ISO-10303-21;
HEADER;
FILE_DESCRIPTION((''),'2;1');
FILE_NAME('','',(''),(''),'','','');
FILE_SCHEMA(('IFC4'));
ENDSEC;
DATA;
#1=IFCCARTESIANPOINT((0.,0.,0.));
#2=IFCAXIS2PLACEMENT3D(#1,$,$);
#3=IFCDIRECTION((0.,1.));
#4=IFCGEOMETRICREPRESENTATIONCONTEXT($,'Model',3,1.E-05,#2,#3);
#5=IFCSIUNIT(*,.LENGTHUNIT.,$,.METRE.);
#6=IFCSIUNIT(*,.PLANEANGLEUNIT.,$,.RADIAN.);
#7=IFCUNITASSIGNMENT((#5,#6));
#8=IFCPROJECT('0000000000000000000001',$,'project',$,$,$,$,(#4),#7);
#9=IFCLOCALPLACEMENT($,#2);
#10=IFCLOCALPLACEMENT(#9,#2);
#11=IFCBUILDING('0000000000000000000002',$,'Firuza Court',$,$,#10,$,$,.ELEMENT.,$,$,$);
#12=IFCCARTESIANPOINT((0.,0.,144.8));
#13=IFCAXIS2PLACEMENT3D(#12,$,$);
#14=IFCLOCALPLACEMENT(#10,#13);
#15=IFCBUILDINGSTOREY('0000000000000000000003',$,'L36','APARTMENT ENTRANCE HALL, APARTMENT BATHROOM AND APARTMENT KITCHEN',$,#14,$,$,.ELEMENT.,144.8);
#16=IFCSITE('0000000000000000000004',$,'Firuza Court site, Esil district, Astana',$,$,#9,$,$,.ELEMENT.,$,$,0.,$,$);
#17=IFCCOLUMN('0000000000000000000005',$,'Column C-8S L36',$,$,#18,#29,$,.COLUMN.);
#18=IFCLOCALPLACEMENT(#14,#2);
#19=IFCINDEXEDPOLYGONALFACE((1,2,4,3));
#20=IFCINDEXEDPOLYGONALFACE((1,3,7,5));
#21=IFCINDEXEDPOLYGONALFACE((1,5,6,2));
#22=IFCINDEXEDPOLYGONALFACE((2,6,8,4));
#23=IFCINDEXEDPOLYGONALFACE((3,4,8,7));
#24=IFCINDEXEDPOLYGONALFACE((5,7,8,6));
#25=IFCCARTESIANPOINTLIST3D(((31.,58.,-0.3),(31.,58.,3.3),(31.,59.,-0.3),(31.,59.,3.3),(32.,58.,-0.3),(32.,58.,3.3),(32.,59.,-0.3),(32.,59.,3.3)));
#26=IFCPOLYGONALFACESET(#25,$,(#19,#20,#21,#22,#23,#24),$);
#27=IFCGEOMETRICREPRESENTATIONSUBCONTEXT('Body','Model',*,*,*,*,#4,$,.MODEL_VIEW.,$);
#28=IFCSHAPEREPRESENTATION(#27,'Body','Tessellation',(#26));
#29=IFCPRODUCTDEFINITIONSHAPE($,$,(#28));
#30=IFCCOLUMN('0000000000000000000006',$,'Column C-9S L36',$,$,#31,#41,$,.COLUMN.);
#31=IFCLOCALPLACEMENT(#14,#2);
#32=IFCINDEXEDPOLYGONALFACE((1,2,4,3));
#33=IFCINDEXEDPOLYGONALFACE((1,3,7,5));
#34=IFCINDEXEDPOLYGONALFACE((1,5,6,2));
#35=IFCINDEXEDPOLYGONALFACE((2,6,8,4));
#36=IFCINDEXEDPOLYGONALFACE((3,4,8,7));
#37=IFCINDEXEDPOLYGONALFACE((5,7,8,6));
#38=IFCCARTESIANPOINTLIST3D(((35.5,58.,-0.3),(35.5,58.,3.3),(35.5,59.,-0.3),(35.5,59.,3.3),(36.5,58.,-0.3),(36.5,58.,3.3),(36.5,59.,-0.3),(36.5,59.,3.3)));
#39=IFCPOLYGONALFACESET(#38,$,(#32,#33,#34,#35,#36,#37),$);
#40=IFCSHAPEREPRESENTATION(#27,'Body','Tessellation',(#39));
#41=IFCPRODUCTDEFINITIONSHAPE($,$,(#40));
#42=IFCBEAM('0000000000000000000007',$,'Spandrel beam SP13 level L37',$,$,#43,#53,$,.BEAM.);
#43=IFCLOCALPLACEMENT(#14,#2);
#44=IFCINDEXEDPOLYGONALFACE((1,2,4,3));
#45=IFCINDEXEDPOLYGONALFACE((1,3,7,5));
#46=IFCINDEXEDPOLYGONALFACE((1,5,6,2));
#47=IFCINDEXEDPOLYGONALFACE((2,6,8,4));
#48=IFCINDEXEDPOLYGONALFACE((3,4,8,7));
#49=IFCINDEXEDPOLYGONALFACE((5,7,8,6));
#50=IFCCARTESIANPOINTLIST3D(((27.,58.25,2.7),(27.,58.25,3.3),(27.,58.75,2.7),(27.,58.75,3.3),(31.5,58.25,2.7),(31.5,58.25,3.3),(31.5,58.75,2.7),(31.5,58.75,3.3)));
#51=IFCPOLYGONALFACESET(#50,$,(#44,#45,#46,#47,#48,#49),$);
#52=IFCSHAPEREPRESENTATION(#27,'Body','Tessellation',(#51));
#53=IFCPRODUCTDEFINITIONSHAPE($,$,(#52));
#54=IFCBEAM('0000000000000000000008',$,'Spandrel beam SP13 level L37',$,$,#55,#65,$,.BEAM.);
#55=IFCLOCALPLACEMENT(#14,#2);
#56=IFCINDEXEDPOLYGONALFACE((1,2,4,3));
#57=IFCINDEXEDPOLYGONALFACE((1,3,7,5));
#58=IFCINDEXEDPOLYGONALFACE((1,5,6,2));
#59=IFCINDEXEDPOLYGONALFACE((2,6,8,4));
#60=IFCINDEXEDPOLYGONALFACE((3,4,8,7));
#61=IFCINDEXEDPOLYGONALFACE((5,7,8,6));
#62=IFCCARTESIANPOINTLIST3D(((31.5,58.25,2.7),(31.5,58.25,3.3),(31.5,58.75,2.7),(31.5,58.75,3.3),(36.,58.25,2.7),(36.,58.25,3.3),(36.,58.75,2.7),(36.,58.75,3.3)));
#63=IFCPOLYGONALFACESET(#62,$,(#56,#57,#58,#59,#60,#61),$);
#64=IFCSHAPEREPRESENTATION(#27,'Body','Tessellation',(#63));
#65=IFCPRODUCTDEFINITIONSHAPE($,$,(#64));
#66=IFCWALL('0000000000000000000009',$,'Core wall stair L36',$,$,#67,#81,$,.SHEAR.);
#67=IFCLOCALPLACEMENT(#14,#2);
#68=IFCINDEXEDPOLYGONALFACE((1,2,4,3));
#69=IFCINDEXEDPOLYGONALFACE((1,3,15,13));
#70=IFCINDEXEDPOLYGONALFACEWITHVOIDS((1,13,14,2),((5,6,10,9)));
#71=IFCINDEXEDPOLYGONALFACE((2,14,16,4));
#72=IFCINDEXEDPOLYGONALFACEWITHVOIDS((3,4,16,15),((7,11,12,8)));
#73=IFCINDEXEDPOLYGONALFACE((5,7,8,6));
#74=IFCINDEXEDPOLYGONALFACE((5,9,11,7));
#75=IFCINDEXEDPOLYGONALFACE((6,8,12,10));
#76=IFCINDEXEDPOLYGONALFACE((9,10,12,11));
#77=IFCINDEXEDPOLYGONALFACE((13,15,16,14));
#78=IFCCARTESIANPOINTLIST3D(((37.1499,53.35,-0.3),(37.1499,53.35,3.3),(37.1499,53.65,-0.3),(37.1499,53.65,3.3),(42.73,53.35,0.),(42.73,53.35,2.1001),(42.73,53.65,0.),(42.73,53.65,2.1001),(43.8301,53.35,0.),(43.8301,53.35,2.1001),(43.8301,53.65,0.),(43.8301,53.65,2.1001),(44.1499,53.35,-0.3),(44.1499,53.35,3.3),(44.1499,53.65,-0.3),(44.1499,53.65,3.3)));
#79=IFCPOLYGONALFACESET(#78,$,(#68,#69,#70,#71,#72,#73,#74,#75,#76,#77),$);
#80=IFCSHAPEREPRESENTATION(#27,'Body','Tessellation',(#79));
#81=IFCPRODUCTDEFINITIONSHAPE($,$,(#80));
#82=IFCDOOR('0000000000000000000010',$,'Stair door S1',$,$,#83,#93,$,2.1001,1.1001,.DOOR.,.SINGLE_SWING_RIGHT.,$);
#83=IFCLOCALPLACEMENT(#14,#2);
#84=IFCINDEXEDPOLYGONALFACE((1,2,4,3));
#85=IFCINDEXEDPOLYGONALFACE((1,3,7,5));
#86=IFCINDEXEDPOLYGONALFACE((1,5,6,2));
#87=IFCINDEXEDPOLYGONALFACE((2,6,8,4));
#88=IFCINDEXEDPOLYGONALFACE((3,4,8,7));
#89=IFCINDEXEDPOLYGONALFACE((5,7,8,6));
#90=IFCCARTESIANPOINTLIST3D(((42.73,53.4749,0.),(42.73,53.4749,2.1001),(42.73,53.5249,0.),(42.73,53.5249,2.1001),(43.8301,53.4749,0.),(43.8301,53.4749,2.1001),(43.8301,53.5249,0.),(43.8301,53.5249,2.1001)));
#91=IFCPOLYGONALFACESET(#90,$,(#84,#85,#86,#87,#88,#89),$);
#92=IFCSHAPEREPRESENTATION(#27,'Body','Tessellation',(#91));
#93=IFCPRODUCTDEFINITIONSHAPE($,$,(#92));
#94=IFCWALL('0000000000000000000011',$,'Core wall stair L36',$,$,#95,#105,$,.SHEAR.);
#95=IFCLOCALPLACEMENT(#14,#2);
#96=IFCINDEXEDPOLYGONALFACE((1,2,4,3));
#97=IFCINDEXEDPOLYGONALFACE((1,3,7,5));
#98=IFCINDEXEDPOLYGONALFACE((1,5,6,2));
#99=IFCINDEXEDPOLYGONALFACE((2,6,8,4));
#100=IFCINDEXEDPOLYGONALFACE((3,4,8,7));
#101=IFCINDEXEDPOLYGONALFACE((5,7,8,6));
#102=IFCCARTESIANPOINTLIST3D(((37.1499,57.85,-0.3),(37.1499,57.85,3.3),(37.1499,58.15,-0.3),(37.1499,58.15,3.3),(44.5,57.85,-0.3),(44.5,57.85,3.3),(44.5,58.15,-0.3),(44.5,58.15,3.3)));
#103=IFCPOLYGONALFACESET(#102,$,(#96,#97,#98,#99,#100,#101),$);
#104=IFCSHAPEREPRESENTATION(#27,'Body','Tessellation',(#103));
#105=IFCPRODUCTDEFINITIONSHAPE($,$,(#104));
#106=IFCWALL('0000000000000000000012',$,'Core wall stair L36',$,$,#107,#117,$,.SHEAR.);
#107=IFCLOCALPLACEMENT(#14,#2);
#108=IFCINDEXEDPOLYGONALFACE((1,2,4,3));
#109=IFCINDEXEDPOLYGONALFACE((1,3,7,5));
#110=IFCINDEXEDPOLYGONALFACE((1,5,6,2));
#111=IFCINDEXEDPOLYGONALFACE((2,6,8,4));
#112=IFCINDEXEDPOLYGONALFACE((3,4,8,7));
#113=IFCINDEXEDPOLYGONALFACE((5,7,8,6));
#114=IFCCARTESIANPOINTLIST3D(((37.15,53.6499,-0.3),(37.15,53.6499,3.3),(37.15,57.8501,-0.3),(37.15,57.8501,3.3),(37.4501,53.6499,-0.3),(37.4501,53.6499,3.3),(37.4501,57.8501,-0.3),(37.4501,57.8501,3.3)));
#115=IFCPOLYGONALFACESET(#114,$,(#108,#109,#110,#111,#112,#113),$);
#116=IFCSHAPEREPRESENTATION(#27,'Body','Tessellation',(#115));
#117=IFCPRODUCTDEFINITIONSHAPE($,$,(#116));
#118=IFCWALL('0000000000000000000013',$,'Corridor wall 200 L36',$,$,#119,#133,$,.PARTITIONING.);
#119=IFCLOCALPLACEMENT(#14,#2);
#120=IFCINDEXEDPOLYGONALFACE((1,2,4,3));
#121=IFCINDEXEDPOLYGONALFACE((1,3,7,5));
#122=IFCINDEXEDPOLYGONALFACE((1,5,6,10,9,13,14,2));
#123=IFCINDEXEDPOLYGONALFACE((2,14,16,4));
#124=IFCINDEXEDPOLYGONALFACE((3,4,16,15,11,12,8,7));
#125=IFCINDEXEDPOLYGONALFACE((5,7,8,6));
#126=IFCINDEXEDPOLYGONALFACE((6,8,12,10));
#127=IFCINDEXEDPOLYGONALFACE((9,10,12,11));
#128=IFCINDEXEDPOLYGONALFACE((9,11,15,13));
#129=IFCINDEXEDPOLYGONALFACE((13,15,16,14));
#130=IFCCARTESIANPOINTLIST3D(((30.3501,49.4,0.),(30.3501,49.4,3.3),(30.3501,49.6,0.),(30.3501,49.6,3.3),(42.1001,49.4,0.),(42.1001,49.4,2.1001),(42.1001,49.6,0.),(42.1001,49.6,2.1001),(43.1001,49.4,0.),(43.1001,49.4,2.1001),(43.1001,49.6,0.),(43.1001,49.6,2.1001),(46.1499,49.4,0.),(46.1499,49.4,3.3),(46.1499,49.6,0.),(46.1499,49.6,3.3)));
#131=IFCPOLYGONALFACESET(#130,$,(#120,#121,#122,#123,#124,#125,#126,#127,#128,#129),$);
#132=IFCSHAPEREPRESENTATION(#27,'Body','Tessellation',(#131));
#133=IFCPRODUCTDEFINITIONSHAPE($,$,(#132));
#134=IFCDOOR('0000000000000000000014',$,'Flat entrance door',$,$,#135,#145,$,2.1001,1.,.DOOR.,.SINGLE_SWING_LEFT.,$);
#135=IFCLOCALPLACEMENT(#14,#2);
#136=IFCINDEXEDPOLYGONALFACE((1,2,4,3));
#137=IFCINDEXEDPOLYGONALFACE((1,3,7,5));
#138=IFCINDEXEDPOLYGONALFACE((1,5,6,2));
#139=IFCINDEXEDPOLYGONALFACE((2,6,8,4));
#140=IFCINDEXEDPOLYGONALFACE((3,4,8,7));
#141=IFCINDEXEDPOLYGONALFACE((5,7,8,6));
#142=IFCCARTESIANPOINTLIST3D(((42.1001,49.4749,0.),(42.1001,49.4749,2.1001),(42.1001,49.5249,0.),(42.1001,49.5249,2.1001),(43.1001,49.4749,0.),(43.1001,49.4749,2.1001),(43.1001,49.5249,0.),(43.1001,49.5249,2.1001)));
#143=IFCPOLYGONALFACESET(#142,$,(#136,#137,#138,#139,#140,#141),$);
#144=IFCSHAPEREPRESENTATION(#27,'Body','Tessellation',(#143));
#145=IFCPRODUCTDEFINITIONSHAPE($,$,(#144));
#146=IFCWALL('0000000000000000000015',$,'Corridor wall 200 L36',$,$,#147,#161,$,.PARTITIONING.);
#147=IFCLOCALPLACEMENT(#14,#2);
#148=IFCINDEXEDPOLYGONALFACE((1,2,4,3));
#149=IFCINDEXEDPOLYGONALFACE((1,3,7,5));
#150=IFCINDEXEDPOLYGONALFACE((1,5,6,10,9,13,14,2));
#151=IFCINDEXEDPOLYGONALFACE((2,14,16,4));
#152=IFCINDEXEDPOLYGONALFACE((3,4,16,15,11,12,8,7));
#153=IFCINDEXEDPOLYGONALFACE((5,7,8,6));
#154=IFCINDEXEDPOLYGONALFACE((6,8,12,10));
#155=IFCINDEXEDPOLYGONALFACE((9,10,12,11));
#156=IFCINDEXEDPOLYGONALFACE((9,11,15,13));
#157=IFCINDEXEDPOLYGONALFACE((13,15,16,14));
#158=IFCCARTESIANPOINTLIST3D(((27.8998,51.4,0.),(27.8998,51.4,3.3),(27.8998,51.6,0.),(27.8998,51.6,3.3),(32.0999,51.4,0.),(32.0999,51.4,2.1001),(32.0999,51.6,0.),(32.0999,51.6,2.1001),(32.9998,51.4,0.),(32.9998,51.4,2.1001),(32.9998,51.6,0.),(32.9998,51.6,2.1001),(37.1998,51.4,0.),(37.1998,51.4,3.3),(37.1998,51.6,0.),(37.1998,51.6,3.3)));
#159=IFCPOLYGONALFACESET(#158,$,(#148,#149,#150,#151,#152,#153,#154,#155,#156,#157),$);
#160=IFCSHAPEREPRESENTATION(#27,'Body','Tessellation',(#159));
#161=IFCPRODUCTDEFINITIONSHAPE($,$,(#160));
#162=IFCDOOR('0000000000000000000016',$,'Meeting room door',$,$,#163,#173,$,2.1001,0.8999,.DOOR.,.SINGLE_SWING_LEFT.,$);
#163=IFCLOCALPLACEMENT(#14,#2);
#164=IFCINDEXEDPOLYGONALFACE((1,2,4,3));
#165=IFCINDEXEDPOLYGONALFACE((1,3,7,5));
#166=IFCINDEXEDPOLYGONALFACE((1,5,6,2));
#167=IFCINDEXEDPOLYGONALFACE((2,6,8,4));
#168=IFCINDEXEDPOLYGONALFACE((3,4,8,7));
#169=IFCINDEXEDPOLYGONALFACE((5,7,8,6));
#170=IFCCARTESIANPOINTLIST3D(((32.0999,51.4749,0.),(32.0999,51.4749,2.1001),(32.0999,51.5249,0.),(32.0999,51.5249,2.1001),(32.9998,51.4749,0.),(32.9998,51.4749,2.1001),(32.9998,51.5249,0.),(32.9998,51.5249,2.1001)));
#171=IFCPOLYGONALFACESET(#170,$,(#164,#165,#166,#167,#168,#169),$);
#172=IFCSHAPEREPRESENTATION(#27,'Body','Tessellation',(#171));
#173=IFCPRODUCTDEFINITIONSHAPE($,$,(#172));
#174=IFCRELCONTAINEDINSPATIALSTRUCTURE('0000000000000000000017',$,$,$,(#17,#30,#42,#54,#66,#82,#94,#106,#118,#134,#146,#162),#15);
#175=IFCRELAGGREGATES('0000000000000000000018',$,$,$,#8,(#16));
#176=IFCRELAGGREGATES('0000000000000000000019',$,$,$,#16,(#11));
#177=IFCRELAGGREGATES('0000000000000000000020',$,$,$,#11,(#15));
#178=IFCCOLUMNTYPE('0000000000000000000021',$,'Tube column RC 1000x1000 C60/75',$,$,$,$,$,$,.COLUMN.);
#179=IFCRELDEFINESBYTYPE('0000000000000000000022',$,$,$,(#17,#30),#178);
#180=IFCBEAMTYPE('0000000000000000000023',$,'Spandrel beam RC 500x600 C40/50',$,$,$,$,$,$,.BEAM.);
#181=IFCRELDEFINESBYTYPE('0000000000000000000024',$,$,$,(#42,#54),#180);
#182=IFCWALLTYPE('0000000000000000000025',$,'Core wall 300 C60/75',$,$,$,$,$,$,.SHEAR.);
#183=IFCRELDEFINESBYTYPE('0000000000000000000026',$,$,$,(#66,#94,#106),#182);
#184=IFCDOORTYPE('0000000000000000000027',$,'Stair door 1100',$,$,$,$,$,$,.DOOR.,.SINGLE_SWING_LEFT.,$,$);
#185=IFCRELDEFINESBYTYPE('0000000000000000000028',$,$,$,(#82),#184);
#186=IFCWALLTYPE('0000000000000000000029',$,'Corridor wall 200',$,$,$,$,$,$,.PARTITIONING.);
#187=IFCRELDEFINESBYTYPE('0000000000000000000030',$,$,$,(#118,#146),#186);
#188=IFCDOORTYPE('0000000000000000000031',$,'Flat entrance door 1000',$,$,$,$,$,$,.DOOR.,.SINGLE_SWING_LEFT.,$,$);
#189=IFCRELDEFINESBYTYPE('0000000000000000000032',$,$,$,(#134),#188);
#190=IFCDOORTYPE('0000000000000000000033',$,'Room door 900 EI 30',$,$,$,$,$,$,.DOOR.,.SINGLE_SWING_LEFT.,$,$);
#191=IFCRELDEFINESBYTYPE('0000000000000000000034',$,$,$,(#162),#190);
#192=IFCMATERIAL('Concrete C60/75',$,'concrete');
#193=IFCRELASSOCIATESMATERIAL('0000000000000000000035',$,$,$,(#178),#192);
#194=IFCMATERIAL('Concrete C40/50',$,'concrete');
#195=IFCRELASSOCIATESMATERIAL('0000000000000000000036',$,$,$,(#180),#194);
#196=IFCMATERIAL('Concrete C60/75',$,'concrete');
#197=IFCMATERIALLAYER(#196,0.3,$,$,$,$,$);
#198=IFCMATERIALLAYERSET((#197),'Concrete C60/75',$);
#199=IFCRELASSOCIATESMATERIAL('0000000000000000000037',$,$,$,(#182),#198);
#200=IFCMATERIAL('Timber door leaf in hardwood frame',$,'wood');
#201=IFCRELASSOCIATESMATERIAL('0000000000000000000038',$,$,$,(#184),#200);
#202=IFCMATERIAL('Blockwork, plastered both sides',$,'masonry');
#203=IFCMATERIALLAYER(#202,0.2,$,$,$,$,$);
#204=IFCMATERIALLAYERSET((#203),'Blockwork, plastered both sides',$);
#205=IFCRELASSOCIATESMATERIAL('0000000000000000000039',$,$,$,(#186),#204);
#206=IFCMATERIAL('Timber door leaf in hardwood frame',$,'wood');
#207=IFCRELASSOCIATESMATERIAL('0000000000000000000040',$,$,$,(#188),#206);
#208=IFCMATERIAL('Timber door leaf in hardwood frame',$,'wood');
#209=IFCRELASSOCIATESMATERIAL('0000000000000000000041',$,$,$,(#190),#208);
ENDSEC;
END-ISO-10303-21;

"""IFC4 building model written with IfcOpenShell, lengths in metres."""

from ifc_helpers import new_model, si_unit, direction, frame, frame_2d, origin, origin_2d, place, context, subcontext, project, spatial, rectangle, extrude, material, layer, layer_set, material_profile, profile_set, type_object, element, fill, save


model = new_model("IFC4")

# Units and contexts
model_context = context("Model", 3, precision=1e-05, world=origin(), true_north=direction((0.0, 1.0)))
body_context = subcontext(model_context, "Body", "Model", "MODEL_VIEW")
ifc_project = project(units=[si_unit("LENGTHUNIT", "METRE"), si_unit("PLANEANGLEUNIT", "RADIAN")], contexts=[model_context])

# Site, building, storey
site_placement = place(None, origin())
site = spatial("IfcSite", under=ifc_project, at=site_placement, Name="Firuza Court site, Esil district, Astana", CompositionType="ELEMENT", RefElevation=0.0)
building_placement = place(site_placement, origin())
building = spatial("IfcBuilding", under=site, at=building_placement, Name="Firuza Court", CompositionType="ELEMENT")
storey_placement = place(building_placement, frame((0.0, 0.0, 144.8)))
storey = spatial("IfcBuildingStorey", under=building, at=storey_placement, Name="L36", Description="APARTMENT ENTRANCE HALL, APARTMENT BATHROOM AND APARTMENT KITCHEN", CompositionType="ELEMENT", Elevation=144.8)

# Columns
ifc_material_1 = material(Name="Concrete C60/75", Category="concrete")
ifc_material_profile_1 = material_profile(ifc_material_1, rectangle(XDim=1.0, YDim=1.0, at=origin_2d()), Name="RC 1000x1000")
ifc_profile_set_1 = profile_set([ifc_material_profile_1], Name="Concrete C60/75")
column_type = type_object("IfcColumnType", Name="Tube column RC 1000x1000 C60/75", PredefinedType="COLUMN", material=ifc_profile_set_1)
for number, where, z_axis, x_axis, name in (
    (1, (31.5, 58.5, -0.3), (0.0, 0.0, 1.0), (1.0, 0.0, 0.0), "Column C-8S L36"),
    (2, (36.0, 58.5, -0.3), (0.0, 0.0, 1.0), (1.0, 0.0, 0.0), "Column C-9S L36"),
):
    element("IfcColumn", number, at=place(storey_placement, frame(where, z_axis=z_axis, x_axis=x_axis)), inside=storey, type_object=column_type, Name=name, PredefinedType="COLUMN", context=body_context, shape_type="SweptSolid", body=[
        extrude(rectangle(XDim=1.0, YDim=1.0, at=origin_2d()), origin(), (0.0, 0.0, 1.0), 3.6001),
    ])

# Beams
ifc_material_2 = material(Name="Concrete C40/50", Category="concrete")
ifc_material_profile_2 = material_profile(ifc_material_2, rectangle(XDim=0.5, YDim=0.6001, at=origin_2d()), Name="RC 500x600")
ifc_profile_set_2 = profile_set([ifc_material_profile_2], Name="Concrete C40/50")
beam_type = type_object("IfcBeamType", Name="Spandrel beam RC 500x600 C40/50", PredefinedType="BEAM", material=ifc_profile_set_2)
for number, where, z_axis, x_axis, name in (
    (3, (31.5, 58.5, 3.0), (-1.0, 0.0, 0.0), (0.0, -1.0, 0.0), "Spandrel beam SP13 level L37"),
    (4, (36.0, 58.5, 3.0), (-1.0, 0.0, 0.0), (0.0, -1.0, 0.0), "Spandrel beam SP13 level L37"),
):
    element("IfcBeam", number, at=place(storey_placement, frame(where, z_axis=z_axis, x_axis=x_axis)), inside=storey, type_object=beam_type, Name=name, PredefinedType="BEAM", context=body_context, shape_type="SweptSolid", body=[
        extrude(rectangle(XDim=0.5, YDim=0.6001, at=origin_2d()), origin(), (0.0, 0.0, 1.0), 4.5),
    ])

# Wall, opening, door
ifc_material_3 = material(Name="Concrete C60/75", Category="concrete")
ifc_layer_1 = layer(ifc_material_3, 0.3)
ifc_layer_set_1 = layer_set([ifc_layer_1], Name="Concrete C60/75")
wall_type_1 = type_object("IfcWallType", Name="Core wall 300 C60/75", PredefinedType="SHEAR", material=ifc_layer_set_1)
wall_1_placement = place(storey_placement, frame((37.1499, 53.5, -0.3), z_axis=(0.0, 0.0, 1.0), x_axis=(1.0, 0.0, 0.0)))
wall_1 = element("IfcWall", 5, at=wall_1_placement, inside=storey, type_object=wall_type_1, Name="Core wall stair L36", PredefinedType="SHEAR", context=body_context, shape_type="SweptSolid", body=[
    extrude(rectangle(XDim=7.0, YDim=0.3, at=frame_2d((3.5, 0.0))), origin(), (0.0, 0.0, 1.0), 3.6001),
])
opening_1_placement = place(wall_1_placement, frame((5.5801, 0.0, 0.3)))
opening_1 = element("IfcOpeningElement", 6, at=opening_1_placement, cuts=wall_1, PredefinedType="OPENING", context=body_context, shape_type="SweptSolid", body=[
    extrude(rectangle(XDim=1.1001, YDim=2.1001, at=frame_2d((0.55, 1.05))), frame((0.0, 0.1621, 0.0), z_axis=(0.0, -1.0, 0.0), x_axis=(1.0, 0.0, 0.0)), (0.0, 0.0, 1.0), 0.324),
])
ifc_material_4 = material(Name="Timber door leaf in hardwood frame", Category="wood")
door_type_1 = type_object("IfcDoorType", Name="Stair door 1100", OperationType="SINGLE_SWING_LEFT", PredefinedType="DOOR", material=ifc_material_4)
door_1_placement = place(opening_1_placement, origin())
door_1 = element("IfcDoor", 7, at=door_1_placement, inside=storey, type_object=door_type_1, Name="Stair door S1", OperationType="SINGLE_SWING_RIGHT", OverallHeight=2.1001, OverallWidth=1.1001, PredefinedType="DOOR", context=body_context, shape_type="SweptSolid", body=[
    extrude(rectangle(XDim=1.1001, YDim=2.1001, at=frame_2d((0.55, 1.05))), frame((0.0, 0.0249, 0.0), z_axis=(0.0, -1.0, 0.0), x_axis=(1.0, 0.0, 0.0)), (0.0, 0.0, 1.0), 0.05),
])
fill(opening_1, door_1)

# Walls
wall_2_placement = place(storey_placement, frame((37.1499, 58.0, -0.3), z_axis=(0.0, 0.0, 1.0), x_axis=(1.0, 0.0, 0.0)))
element("IfcWall", 8, at=wall_2_placement, inside=storey, type_object=wall_type_1, Name="Core wall stair L36", PredefinedType="SHEAR", context=body_context, shape_type="SweptSolid", body=[
    extrude(rectangle(XDim=7.3501, YDim=0.3, at=frame_2d((3.675, 0.0))), origin(), (0.0, 0.0, 1.0), 3.6001),
])
wall_3_placement = place(storey_placement, frame((37.3, 53.6499, -0.3), z_axis=(0.0, 0.0, 1.0), x_axis=(0.0, 1.0, 0.0)))
element("IfcWall", 9, at=wall_3_placement, inside=storey, type_object=wall_type_1, Name="Core wall stair L36", PredefinedType="SHEAR", context=body_context, shape_type="SweptSolid", body=[
    extrude(rectangle(XDim=4.2002, YDim=0.3, at=frame_2d((2.1001, 0.0))), origin(), (0.0, 0.0, 1.0), 3.6001),
])

# Walls, openings, doors
ifc_material_5 = material(Name="Blockwork, plastered both sides", Category="masonry")
ifc_layer_2 = layer(ifc_material_5, 0.2)
ifc_layer_set_2 = layer_set([ifc_layer_2], Name="Blockwork, plastered both sides")
wall_type_2 = type_object("IfcWallType", Name="Corridor wall 200", PredefinedType="PARTITIONING", material=ifc_layer_set_2)
wall_4_placement = place(storey_placement, frame((30.3501, 49.5, 0.0), z_axis=(0.0, 0.0, 1.0), x_axis=(1.0, 0.0, 0.0)))
wall_4 = element("IfcWall", 10, at=wall_4_placement, inside=storey, type_object=wall_type_2, Name="Corridor wall 200 L36", PredefinedType="PARTITIONING", context=body_context, shape_type="SweptSolid", body=[
    extrude(rectangle(XDim=15.7998, YDim=0.2, at=frame_2d((7.8999, 0.0))), origin(), (0.0, 0.0, 1.0), 3.3),
])
opening_2_placement = place(wall_4_placement, frame((11.75, 0.0, 0.0)))
opening_2 = element("IfcOpeningElement", 11, at=opening_2_placement, cuts=wall_4, PredefinedType="OPENING", context=body_context, shape_type="SweptSolid", body=[
    extrude(rectangle(XDim=1.0, YDim=2.1001, at=frame_2d((0.5, 1.05))), frame((0.0, 0.1118, 0.0), z_axis=(0.0, -1.0, 0.0), x_axis=(1.0, 0.0, 0.0)), (0.0, 0.0, 1.0), 0.2239),
])
ifc_material_6 = material(Name="Timber door leaf in hardwood frame", Category="wood")
door_type_2 = type_object("IfcDoorType", Name="Flat entrance door 1000", OperationType="SINGLE_SWING_LEFT", PredefinedType="DOOR", material=ifc_material_6)
door_2_placement = place(opening_2_placement, origin())
door_2 = element("IfcDoor", 12, at=door_2_placement, inside=storey, type_object=door_type_2, Name="Flat entrance door", OperationType="SINGLE_SWING_LEFT", OverallHeight=2.1001, OverallWidth=1.0, PredefinedType="DOOR", context=body_context, shape_type="SweptSolid", body=[
    extrude(rectangle(XDim=1.0, YDim=2.1001, at=frame_2d((0.5, 1.05))), frame((0.0, 0.0249, 0.0), z_axis=(0.0, -1.0, 0.0), x_axis=(1.0, 0.0, 0.0)), (0.0, 0.0, 1.0), 0.05),
])
fill(opening_2, door_2)
wall_5_placement = place(storey_placement, frame((27.8999, 51.5, 0.0), z_axis=(0.0, 0.0, 1.0), x_axis=(1.0, 0.0, 0.0)))
wall_5 = element("IfcWall", 13, at=wall_5_placement, inside=storey, type_object=wall_type_2, Name="Corridor wall 200 L36", PredefinedType="PARTITIONING", context=body_context, shape_type="SweptSolid", body=[
    extrude(rectangle(XDim=9.3, YDim=0.2, at=frame_2d((4.6499, 0.0))), origin(), (0.0, 0.0, 1.0), 3.3),
])
opening_3_placement = place(wall_5_placement, frame((4.2, 0.0, 0.0)))
opening_3 = element("IfcOpeningElement", 14, at=opening_3_placement, cuts=wall_5, PredefinedType="OPENING", context=body_context, shape_type="SweptSolid", body=[
    extrude(rectangle(XDim=0.8999, YDim=2.1001, at=frame_2d((0.45, 1.05))), frame((0.0, 0.1118, 0.0), z_axis=(0.0, -1.0, 0.0), x_axis=(1.0, 0.0, 0.0)), (0.0, 0.0, 1.0), 0.2239),
])
ifc_material_7 = material(Name="Timber door leaf in hardwood frame", Category="wood")
door_type_3 = type_object("IfcDoorType", Name="Room door 900 EI 30", OperationType="SINGLE_SWING_LEFT", PredefinedType="DOOR", material=ifc_material_7)
door_3_placement = place(opening_3_placement, origin())
door_3 = element("IfcDoor", 15, at=door_3_placement, inside=storey, type_object=door_type_3, Name="Meeting room door", OperationType="SINGLE_SWING_LEFT", OverallHeight=2.1001, OverallWidth=0.8999, PredefinedType="DOOR", context=body_context, shape_type="SweptSolid", body=[
    extrude(rectangle(XDim=0.8999, YDim=2.1001, at=frame_2d((0.45, 1.05))), frame((0.0, 0.0249, 0.0), z_axis=(0.0, -1.0, 0.0), x_axis=(1.0, 0.0, 0.0)), (0.0, 0.0, 1.0), 0.05),
])
fill(opening_3, door_3)

save(model, "model.ifc")
